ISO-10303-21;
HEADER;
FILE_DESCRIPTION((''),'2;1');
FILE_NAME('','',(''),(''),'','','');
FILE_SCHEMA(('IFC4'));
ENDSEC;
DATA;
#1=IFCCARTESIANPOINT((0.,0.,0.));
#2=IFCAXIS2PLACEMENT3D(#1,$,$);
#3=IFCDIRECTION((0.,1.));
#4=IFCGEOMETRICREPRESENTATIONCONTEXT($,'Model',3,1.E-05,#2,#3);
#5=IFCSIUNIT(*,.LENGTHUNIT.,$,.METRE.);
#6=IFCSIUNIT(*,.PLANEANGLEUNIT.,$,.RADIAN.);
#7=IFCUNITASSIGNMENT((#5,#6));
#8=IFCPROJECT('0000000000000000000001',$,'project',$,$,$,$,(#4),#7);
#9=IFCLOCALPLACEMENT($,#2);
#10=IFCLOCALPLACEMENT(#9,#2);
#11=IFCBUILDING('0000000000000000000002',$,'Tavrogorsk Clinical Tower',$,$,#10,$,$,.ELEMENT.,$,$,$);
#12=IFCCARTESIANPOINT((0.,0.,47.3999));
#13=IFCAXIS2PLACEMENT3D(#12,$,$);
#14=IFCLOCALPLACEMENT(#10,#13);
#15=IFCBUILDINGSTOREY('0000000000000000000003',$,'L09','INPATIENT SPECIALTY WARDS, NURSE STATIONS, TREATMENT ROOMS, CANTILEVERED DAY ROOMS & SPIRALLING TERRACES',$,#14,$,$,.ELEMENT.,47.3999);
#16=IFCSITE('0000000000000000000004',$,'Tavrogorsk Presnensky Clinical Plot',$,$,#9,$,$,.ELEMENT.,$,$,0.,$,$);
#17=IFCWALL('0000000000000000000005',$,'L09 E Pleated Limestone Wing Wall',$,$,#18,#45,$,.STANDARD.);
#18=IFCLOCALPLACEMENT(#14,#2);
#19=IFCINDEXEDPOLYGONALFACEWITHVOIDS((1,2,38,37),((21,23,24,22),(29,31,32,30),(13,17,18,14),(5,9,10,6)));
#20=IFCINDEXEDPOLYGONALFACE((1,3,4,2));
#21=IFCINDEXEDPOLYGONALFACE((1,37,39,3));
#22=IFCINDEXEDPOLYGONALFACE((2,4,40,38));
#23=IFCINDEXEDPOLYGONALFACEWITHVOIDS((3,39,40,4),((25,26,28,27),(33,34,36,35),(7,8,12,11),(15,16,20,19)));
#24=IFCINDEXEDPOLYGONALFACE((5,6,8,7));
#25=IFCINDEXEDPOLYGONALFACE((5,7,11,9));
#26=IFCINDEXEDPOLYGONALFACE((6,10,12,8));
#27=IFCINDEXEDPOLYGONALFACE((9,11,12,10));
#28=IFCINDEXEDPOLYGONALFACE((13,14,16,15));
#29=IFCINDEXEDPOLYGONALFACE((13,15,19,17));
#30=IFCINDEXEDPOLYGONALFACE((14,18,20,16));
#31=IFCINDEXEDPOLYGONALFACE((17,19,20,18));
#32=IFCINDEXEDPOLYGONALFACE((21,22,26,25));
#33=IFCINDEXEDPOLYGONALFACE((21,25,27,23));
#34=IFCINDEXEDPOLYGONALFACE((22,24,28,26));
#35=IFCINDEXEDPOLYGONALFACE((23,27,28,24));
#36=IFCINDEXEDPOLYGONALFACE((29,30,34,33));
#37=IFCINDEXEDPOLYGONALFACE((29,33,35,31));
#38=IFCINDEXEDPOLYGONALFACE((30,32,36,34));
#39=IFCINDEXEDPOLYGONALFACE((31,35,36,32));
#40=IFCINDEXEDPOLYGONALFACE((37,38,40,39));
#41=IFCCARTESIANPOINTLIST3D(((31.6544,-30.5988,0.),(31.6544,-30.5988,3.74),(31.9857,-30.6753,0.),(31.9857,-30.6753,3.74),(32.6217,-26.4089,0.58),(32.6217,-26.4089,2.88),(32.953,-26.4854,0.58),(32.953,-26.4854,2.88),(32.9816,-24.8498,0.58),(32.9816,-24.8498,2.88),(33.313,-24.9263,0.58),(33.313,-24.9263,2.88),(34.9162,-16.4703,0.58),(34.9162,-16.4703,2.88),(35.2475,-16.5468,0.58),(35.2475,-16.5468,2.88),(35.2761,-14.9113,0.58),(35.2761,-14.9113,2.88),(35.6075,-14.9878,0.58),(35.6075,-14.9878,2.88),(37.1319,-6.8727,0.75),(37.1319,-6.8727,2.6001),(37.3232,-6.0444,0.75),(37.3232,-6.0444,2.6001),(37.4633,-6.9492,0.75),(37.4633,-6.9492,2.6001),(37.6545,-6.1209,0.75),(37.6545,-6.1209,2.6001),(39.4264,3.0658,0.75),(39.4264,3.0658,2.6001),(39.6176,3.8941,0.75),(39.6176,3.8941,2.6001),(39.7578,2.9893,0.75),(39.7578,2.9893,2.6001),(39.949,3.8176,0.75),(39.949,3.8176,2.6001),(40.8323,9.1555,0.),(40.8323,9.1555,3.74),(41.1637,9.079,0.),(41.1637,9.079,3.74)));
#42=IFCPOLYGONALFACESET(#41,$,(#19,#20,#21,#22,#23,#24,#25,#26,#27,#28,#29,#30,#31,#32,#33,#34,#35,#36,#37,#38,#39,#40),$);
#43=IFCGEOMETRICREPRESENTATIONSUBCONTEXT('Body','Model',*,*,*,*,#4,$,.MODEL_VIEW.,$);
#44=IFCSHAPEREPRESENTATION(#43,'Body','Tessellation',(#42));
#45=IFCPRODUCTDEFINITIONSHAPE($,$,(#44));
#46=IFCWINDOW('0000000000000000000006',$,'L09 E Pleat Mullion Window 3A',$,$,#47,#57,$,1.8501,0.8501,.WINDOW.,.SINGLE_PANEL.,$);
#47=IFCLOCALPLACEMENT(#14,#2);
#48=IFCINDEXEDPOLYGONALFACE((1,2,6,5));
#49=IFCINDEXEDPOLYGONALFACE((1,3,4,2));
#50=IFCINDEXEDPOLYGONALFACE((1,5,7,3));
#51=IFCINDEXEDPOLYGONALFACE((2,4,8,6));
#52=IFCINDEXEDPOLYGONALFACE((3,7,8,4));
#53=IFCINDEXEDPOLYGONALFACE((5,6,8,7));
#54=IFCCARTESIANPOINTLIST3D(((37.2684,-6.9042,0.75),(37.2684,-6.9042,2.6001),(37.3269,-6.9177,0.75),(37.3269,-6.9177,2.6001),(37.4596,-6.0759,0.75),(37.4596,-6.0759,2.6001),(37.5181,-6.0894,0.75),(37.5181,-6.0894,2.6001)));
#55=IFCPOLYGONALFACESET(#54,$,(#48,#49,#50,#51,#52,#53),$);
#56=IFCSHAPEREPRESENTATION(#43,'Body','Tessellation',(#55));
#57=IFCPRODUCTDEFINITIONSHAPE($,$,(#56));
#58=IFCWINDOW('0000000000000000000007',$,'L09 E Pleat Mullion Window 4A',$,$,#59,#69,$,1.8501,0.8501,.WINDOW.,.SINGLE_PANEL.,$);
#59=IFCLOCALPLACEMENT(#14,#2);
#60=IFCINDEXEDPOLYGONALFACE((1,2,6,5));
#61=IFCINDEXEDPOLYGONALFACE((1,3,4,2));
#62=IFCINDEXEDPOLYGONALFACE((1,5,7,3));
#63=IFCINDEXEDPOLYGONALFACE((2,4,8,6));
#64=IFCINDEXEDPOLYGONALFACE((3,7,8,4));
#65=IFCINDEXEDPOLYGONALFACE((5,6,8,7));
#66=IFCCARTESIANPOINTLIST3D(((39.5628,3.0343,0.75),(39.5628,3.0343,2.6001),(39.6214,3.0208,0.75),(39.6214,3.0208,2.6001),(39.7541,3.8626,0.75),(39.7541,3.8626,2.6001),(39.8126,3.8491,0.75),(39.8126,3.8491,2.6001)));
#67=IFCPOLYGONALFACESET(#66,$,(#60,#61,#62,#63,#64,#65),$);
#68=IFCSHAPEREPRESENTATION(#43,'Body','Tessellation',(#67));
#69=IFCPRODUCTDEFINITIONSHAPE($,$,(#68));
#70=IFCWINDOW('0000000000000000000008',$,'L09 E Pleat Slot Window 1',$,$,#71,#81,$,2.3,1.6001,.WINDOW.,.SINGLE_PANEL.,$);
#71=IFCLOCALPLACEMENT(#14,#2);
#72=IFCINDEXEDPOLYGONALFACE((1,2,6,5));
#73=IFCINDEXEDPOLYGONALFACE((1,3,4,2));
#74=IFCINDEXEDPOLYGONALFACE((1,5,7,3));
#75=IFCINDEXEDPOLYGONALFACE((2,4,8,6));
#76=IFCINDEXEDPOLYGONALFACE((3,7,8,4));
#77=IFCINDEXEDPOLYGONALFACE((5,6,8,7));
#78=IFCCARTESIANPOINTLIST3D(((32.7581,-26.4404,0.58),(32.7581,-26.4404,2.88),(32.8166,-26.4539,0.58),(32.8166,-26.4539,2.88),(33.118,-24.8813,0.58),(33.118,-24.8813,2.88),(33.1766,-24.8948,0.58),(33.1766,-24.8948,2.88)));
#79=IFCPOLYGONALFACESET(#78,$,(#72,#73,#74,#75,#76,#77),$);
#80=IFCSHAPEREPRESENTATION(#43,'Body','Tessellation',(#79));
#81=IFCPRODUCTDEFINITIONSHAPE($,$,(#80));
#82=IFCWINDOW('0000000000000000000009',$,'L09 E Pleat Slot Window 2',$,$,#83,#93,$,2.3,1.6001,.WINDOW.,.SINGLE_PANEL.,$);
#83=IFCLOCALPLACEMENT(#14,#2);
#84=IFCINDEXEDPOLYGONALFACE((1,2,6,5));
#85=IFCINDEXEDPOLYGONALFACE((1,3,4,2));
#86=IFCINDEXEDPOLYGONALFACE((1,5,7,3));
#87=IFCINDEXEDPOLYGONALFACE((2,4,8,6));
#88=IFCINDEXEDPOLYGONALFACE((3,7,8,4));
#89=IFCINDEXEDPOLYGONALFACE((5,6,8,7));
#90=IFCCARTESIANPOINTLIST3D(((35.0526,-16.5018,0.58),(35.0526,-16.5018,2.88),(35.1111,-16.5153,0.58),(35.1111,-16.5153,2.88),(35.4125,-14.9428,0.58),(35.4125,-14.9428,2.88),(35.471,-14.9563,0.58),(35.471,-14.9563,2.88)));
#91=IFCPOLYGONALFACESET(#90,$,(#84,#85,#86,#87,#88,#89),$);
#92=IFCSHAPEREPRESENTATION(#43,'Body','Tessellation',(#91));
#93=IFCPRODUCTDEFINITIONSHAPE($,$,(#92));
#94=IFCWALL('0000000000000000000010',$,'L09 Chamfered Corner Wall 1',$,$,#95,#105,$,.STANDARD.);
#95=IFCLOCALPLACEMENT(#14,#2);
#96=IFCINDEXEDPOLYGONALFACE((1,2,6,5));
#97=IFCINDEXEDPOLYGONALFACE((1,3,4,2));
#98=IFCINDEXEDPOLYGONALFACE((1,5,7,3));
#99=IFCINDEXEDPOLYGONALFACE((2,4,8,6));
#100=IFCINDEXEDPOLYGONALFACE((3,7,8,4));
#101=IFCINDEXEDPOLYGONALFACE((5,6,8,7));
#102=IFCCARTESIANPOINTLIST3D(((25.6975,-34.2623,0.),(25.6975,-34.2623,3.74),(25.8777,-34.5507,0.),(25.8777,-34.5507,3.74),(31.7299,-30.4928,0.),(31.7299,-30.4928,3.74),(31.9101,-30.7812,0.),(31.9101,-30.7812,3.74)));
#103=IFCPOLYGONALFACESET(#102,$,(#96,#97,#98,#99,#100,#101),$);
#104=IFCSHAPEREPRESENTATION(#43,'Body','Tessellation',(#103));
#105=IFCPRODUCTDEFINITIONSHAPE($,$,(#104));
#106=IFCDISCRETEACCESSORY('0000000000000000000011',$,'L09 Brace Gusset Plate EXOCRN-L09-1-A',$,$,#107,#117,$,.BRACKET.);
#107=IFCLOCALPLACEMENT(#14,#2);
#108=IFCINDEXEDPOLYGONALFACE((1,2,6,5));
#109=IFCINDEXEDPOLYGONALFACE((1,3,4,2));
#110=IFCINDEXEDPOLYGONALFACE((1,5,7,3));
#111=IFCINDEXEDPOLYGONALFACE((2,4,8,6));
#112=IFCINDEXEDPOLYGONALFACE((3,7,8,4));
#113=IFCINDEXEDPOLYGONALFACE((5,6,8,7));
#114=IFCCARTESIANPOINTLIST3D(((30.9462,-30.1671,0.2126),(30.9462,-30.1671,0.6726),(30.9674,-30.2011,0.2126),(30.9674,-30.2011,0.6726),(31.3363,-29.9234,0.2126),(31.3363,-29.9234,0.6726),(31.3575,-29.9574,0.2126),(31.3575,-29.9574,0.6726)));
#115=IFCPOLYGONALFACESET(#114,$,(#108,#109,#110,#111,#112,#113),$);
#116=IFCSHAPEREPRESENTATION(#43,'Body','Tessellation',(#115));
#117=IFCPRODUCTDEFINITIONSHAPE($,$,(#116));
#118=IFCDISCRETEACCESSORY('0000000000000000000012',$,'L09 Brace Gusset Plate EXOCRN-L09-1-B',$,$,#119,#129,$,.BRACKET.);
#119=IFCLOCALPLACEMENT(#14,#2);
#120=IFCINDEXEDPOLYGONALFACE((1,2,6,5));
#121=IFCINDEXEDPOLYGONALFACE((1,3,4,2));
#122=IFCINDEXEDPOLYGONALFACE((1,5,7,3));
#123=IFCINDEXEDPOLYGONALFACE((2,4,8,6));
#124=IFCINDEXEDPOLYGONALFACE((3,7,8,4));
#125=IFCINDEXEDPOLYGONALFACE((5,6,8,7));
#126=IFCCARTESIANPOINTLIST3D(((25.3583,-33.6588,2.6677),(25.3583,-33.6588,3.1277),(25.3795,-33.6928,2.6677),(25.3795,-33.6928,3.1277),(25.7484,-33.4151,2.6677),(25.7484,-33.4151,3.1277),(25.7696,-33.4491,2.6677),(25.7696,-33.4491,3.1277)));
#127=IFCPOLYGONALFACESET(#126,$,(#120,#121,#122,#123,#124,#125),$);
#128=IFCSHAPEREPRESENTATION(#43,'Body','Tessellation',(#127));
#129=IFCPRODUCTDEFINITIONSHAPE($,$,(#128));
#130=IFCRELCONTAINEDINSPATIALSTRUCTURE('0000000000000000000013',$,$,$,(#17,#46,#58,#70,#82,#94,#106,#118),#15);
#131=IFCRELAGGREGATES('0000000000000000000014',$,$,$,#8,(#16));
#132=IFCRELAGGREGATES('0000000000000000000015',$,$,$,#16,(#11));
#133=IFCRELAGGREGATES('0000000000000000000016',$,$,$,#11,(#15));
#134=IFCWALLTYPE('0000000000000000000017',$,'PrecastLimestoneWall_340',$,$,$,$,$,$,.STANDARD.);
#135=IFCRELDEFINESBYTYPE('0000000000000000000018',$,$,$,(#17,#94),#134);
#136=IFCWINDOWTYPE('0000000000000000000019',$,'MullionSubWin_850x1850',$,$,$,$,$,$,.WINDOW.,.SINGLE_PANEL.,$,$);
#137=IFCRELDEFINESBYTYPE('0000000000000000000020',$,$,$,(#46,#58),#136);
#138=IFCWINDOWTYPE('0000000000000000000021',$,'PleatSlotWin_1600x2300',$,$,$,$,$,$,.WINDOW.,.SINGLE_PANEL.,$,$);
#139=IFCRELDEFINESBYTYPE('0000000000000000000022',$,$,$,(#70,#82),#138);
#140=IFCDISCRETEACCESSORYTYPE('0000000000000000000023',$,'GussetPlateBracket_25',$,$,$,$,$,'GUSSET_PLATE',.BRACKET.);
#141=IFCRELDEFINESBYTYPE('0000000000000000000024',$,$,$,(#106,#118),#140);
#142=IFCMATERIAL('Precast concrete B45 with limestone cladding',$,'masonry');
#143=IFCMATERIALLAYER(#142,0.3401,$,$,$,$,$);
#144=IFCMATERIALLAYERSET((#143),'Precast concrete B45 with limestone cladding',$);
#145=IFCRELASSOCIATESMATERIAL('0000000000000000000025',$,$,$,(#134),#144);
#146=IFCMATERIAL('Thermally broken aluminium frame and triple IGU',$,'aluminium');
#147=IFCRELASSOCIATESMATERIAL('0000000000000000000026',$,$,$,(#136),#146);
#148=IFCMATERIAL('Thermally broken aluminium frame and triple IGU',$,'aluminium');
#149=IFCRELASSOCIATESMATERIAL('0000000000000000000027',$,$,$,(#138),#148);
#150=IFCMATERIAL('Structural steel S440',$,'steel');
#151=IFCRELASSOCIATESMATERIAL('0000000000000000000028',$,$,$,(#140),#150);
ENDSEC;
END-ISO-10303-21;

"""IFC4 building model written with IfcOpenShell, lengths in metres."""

from ifc_helpers import new_model, si_unit, direction, frame, frame_2d, origin, origin_2d, place, context, subcontext, project, spatial, rectangle, extrude, material, layer, layer_set, type_object, element, fill, save


model = new_model("IFC4")

# Units and contexts
model_context = context("Model", 3, precision=1e-05, world=origin(), true_north=direction((0.0, 1.0)))
body_context = subcontext(model_context, "Body", "Model", "MODEL_VIEW")
ifc_project = project(units=[si_unit("LENGTHUNIT", "METRE"), si_unit("PLANEANGLEUNIT", "RADIAN")], contexts=[model_context])

# Site, building, storey
site_placement = place(None, origin())
site = spatial("IfcSite", under=ifc_project, at=site_placement, Name="Tavrogorsk Presnensky Clinical Plot", CompositionType="ELEMENT", RefElevation=0.0)
building_placement = place(site_placement, origin())
building = spatial("IfcBuilding", under=site, at=building_placement, Name="Tavrogorsk Clinical Tower", CompositionType="ELEMENT")
storey_placement = place(building_placement, frame((0.0, 0.0, 47.3999)))
storey = spatial("IfcBuildingStorey", under=building, at=storey_placement, Name="L09", Description="INPATIENT SPECIALTY WARDS, NURSE STATIONS, TREATMENT ROOMS, CANTILEVERED DAY ROOMS & SPIRALLING TERRACES", CompositionType="ELEMENT", Elevation=47.3999)

# Wall, openings, windows
ifc_material_1 = material(Name="Precast concrete B45 with limestone cladding", Category="masonry")
ifc_layer_1 = layer(ifc_material_1, 0.3401)
ifc_layer_set_1 = layer_set([ifc_layer_1], Name="Precast concrete B45 with limestone cladding")
wall_type_1 = type_object("IfcWallType", Name="PrecastLimestoneWall_340", PredefinedType="STANDARD", material=ifc_layer_set_1)
wall_1_placement = place(storey_placement, frame((31.8201, -30.637, 0.0), z_axis=(0.0, 0.0, 1.0), x_axis=(0.22495, 0.97437, 0.0)))
wall_1 = element("IfcWall", 1, at=wall_1_placement, inside=storey, type_object=wall_type_1, Name="L09 E Pleated Limestone Wing Wall", PredefinedType="STANDARD", context=body_context, shape_type="SweptSolid", body=[
    extrude(rectangle(XDim=40.8, YDim=0.3401, at=frame_2d((20.3999, 0.0))), origin(), (0.0, 0.0, 1.0), 3.74),
])
opening_1_placement = place(wall_1_placement, frame((4.3, 0.0, 0.5801)))
opening_1 = element("IfcOpeningElement", 2, at=opening_1_placement, cuts=wall_1, PredefinedType="OPENING", context=body_context, shape_type="SweptSolid", body=[
    extrude(rectangle(XDim=1.6001, YDim=2.3, at=frame_2d((0.8, 1.1499))), frame((0.0, 0.1799, 0.0), z_axis=(0.0, -1.0, 0.0), x_axis=(1.0, 0.0, 0.0)), (0.0, 0.0, 1.0), 0.3601),
])
opening_2_placement = place(wall_1_placement, frame((14.5, 0.0, 0.5801)))
opening_2 = element("IfcOpeningElement", 3, at=opening_2_placement, cuts=wall_1, PredefinedType="OPENING", context=body_context, shape_type="SweptSolid", body=[
    extrude(rectangle(XDim=1.6001, YDim=2.3, at=frame_2d((0.8, 1.1499))), frame((0.0, 0.1799, 0.0), z_axis=(0.0, -1.0, 0.0), x_axis=(1.0, 0.0, 0.0)), (0.0, 0.0, 1.0), 0.3601),
])
opening_3_placement = place(wall_1_placement, frame((24.3501, 0.0, 0.75)))
opening_3 = element("IfcOpeningElement", 4, at=opening_3_placement, cuts=wall_1, PredefinedType="OPENING", context=body_context, shape_type="SweptSolid", body=[
    extrude(rectangle(XDim=0.8501, YDim=1.8501, at=frame_2d((0.425, 0.925))), frame((0.0, 0.1799, 0.0), z_axis=(0.0, -1.0, 0.0), x_axis=(1.0, 0.0, 0.0)), (0.0, 0.0, 1.0), 0.3601),
])
opening_4_placement = place(wall_1_placement, frame((34.55, 0.0, 0.75)))
opening_4 = element("IfcOpeningElement", 5, at=opening_4_placement, cuts=wall_1, PredefinedType="OPENING", context=body_context, shape_type="SweptSolid", body=[
    extrude(rectangle(XDim=0.8501, YDim=1.8501, at=frame_2d((0.425, 0.925))), frame((0.0, 0.1799, 0.0), z_axis=(0.0, -1.0, 0.0), x_axis=(1.0, 0.0, 0.0)), (0.0, 0.0, 1.0), 0.3601),
])
ifc_material_2 = material(Name="Thermally broken aluminium frame and triple IGU", Category="aluminium")
window_type_1 = type_object("IfcWindowType", Name="MullionSubWin_850x1850", PartitioningType="SINGLE_PANEL", PredefinedType="WINDOW", material=ifc_material_2)
window_1_placement = place(opening_3_placement, origin())
window_1 = element("IfcWindow", 6, at=window_1_placement, inside=storey, type_object=window_type_1, Name="L09 E Pleat Mullion Window 3A", OverallHeight=1.8501, OverallWidth=0.8501, PartitioningType="SINGLE_PANEL", PredefinedType="WINDOW", context=body_context, shape_type="SweptSolid", body=[
    extrude(rectangle(XDim=0.8501, YDim=1.8501, at=frame_2d((0.425, 0.925))), frame((0.0, 0.03, 0.0), z_axis=(0.0, -1.0, 0.0), x_axis=(1.0, 0.0, 0.0)), (0.0, 0.0, 1.0), 0.0601),
])
fill(opening_3, window_1)
window_2_placement = place(opening_4_placement, origin())
window_2 = element("IfcWindow", 7, at=window_2_placement, inside=storey, type_object=window_type_1, Name="L09 E Pleat Mullion Window 4A", OverallHeight=1.8501, OverallWidth=0.8501, PartitioningType="SINGLE_PANEL", PredefinedType="WINDOW", context=body_context, shape_type="SweptSolid", body=[
    extrude(rectangle(XDim=0.8501, YDim=1.8501, at=frame_2d((0.425, 0.925))), frame((0.0, 0.03, 0.0), z_axis=(0.0, -1.0, 0.0), x_axis=(1.0, 0.0, 0.0)), (0.0, 0.0, 1.0), 0.0601),
])
fill(opening_4, window_2)
ifc_material_3 = material(Name="Thermally broken aluminium frame and triple IGU", Category="aluminium")
window_type_2 = type_object("IfcWindowType", Name="PleatSlotWin_1600x2300", PartitioningType="SINGLE_PANEL", PredefinedType="WINDOW", material=ifc_material_3)
window_3_placement = place(opening_1_placement, origin())
window_3 = element("IfcWindow", 8, at=window_3_placement, inside=storey, type_object=window_type_2, Name="L09 E Pleat Slot Window 1", OverallHeight=2.3, OverallWidth=1.6001, PartitioningType="SINGLE_PANEL", PredefinedType="WINDOW", context=body_context, shape_type="SweptSolid", body=[
    extrude(rectangle(XDim=1.6001, YDim=2.3, at=frame_2d((0.8, 1.1499))), frame((0.0, 0.03, 0.0), z_axis=(0.0, -1.0, 0.0), x_axis=(1.0, 0.0, 0.0)), (0.0, 0.0, 1.0), 0.0601),
])
fill(opening_1, window_3)
window_4_placement = place(opening_2_placement, origin())
window_4 = element("IfcWindow", 9, at=window_4_placement, inside=storey, type_object=window_type_2, Name="L09 E Pleat Slot Window 2", OverallHeight=2.3, OverallWidth=1.6001, PartitioningType="SINGLE_PANEL", PredefinedType="WINDOW", context=body_context, shape_type="SweptSolid", body=[
    extrude(rectangle(XDim=1.6001, YDim=2.3, at=frame_2d((0.8, 1.1499))), frame((0.0, 0.03, 0.0), z_axis=(0.0, -1.0, 0.0), x_axis=(1.0, 0.0, 0.0)), (0.0, 0.0, 1.0), 0.0601),
])
fill(opening_2, window_4)

# Wall
wall_2_placement = place(storey_placement, frame((25.7876, -34.4065, 0.0), z_axis=(0.0, 0.0, 1.0), x_axis=(0.848047, 0.529922, 0.0)))
element("IfcWall", 10, at=wall_2_placement, inside=storey, type_object=wall_type_1, Name="L09 Chamfered Corner Wall 1", PredefinedType="STANDARD", context=body_context, shape_type="SweptSolid", body=[
    extrude(rectangle(XDim=7.1133, YDim=0.3401, at=frame_2d((3.5566, 0.0))), origin(), (0.0, 0.0, 1.0), 3.74),
])

# Discrete accessories
ifc_material_4 = material(Name="Structural steel S440", Category="steel")
discrete_accessory_type = type_object("IfcDiscreteAccessoryType", Name="GussetPlateBracket_25", ElementType="GUSSET_PLATE", PredefinedType="BRACKET", material=ifc_material_4)
for number, where, z_axis, x_axis, name in (
    (11, (31.1519, -30.0623, 0.2126), (0.0, 0.0, 1.0), (-0.848048, -0.529919, 0.0), "L09 Brace Gusset Plate EXOCRN-L09-1-A"),
    (12, (25.564, -33.554, 2.6677), (0.0, 0.0, 1.0), (-0.848048, -0.529919, 0.0), "L09 Brace Gusset Plate EXOCRN-L09-1-B"),
):
    element("IfcDiscreteAccessory", number, at=place(storey_placement, frame(where, z_axis=z_axis, x_axis=x_axis)), inside=storey, type_object=discrete_accessory_type, Name=name, PredefinedType="BRACKET", context=body_context, shape_type="SweptSolid", body=[
        extrude(rectangle(XDim=0.46, YDim=0.04, at=origin_2d()), origin(), (0.0, 0.0, 1.0), 0.46),
    ])

save(model, "model.ifc")
